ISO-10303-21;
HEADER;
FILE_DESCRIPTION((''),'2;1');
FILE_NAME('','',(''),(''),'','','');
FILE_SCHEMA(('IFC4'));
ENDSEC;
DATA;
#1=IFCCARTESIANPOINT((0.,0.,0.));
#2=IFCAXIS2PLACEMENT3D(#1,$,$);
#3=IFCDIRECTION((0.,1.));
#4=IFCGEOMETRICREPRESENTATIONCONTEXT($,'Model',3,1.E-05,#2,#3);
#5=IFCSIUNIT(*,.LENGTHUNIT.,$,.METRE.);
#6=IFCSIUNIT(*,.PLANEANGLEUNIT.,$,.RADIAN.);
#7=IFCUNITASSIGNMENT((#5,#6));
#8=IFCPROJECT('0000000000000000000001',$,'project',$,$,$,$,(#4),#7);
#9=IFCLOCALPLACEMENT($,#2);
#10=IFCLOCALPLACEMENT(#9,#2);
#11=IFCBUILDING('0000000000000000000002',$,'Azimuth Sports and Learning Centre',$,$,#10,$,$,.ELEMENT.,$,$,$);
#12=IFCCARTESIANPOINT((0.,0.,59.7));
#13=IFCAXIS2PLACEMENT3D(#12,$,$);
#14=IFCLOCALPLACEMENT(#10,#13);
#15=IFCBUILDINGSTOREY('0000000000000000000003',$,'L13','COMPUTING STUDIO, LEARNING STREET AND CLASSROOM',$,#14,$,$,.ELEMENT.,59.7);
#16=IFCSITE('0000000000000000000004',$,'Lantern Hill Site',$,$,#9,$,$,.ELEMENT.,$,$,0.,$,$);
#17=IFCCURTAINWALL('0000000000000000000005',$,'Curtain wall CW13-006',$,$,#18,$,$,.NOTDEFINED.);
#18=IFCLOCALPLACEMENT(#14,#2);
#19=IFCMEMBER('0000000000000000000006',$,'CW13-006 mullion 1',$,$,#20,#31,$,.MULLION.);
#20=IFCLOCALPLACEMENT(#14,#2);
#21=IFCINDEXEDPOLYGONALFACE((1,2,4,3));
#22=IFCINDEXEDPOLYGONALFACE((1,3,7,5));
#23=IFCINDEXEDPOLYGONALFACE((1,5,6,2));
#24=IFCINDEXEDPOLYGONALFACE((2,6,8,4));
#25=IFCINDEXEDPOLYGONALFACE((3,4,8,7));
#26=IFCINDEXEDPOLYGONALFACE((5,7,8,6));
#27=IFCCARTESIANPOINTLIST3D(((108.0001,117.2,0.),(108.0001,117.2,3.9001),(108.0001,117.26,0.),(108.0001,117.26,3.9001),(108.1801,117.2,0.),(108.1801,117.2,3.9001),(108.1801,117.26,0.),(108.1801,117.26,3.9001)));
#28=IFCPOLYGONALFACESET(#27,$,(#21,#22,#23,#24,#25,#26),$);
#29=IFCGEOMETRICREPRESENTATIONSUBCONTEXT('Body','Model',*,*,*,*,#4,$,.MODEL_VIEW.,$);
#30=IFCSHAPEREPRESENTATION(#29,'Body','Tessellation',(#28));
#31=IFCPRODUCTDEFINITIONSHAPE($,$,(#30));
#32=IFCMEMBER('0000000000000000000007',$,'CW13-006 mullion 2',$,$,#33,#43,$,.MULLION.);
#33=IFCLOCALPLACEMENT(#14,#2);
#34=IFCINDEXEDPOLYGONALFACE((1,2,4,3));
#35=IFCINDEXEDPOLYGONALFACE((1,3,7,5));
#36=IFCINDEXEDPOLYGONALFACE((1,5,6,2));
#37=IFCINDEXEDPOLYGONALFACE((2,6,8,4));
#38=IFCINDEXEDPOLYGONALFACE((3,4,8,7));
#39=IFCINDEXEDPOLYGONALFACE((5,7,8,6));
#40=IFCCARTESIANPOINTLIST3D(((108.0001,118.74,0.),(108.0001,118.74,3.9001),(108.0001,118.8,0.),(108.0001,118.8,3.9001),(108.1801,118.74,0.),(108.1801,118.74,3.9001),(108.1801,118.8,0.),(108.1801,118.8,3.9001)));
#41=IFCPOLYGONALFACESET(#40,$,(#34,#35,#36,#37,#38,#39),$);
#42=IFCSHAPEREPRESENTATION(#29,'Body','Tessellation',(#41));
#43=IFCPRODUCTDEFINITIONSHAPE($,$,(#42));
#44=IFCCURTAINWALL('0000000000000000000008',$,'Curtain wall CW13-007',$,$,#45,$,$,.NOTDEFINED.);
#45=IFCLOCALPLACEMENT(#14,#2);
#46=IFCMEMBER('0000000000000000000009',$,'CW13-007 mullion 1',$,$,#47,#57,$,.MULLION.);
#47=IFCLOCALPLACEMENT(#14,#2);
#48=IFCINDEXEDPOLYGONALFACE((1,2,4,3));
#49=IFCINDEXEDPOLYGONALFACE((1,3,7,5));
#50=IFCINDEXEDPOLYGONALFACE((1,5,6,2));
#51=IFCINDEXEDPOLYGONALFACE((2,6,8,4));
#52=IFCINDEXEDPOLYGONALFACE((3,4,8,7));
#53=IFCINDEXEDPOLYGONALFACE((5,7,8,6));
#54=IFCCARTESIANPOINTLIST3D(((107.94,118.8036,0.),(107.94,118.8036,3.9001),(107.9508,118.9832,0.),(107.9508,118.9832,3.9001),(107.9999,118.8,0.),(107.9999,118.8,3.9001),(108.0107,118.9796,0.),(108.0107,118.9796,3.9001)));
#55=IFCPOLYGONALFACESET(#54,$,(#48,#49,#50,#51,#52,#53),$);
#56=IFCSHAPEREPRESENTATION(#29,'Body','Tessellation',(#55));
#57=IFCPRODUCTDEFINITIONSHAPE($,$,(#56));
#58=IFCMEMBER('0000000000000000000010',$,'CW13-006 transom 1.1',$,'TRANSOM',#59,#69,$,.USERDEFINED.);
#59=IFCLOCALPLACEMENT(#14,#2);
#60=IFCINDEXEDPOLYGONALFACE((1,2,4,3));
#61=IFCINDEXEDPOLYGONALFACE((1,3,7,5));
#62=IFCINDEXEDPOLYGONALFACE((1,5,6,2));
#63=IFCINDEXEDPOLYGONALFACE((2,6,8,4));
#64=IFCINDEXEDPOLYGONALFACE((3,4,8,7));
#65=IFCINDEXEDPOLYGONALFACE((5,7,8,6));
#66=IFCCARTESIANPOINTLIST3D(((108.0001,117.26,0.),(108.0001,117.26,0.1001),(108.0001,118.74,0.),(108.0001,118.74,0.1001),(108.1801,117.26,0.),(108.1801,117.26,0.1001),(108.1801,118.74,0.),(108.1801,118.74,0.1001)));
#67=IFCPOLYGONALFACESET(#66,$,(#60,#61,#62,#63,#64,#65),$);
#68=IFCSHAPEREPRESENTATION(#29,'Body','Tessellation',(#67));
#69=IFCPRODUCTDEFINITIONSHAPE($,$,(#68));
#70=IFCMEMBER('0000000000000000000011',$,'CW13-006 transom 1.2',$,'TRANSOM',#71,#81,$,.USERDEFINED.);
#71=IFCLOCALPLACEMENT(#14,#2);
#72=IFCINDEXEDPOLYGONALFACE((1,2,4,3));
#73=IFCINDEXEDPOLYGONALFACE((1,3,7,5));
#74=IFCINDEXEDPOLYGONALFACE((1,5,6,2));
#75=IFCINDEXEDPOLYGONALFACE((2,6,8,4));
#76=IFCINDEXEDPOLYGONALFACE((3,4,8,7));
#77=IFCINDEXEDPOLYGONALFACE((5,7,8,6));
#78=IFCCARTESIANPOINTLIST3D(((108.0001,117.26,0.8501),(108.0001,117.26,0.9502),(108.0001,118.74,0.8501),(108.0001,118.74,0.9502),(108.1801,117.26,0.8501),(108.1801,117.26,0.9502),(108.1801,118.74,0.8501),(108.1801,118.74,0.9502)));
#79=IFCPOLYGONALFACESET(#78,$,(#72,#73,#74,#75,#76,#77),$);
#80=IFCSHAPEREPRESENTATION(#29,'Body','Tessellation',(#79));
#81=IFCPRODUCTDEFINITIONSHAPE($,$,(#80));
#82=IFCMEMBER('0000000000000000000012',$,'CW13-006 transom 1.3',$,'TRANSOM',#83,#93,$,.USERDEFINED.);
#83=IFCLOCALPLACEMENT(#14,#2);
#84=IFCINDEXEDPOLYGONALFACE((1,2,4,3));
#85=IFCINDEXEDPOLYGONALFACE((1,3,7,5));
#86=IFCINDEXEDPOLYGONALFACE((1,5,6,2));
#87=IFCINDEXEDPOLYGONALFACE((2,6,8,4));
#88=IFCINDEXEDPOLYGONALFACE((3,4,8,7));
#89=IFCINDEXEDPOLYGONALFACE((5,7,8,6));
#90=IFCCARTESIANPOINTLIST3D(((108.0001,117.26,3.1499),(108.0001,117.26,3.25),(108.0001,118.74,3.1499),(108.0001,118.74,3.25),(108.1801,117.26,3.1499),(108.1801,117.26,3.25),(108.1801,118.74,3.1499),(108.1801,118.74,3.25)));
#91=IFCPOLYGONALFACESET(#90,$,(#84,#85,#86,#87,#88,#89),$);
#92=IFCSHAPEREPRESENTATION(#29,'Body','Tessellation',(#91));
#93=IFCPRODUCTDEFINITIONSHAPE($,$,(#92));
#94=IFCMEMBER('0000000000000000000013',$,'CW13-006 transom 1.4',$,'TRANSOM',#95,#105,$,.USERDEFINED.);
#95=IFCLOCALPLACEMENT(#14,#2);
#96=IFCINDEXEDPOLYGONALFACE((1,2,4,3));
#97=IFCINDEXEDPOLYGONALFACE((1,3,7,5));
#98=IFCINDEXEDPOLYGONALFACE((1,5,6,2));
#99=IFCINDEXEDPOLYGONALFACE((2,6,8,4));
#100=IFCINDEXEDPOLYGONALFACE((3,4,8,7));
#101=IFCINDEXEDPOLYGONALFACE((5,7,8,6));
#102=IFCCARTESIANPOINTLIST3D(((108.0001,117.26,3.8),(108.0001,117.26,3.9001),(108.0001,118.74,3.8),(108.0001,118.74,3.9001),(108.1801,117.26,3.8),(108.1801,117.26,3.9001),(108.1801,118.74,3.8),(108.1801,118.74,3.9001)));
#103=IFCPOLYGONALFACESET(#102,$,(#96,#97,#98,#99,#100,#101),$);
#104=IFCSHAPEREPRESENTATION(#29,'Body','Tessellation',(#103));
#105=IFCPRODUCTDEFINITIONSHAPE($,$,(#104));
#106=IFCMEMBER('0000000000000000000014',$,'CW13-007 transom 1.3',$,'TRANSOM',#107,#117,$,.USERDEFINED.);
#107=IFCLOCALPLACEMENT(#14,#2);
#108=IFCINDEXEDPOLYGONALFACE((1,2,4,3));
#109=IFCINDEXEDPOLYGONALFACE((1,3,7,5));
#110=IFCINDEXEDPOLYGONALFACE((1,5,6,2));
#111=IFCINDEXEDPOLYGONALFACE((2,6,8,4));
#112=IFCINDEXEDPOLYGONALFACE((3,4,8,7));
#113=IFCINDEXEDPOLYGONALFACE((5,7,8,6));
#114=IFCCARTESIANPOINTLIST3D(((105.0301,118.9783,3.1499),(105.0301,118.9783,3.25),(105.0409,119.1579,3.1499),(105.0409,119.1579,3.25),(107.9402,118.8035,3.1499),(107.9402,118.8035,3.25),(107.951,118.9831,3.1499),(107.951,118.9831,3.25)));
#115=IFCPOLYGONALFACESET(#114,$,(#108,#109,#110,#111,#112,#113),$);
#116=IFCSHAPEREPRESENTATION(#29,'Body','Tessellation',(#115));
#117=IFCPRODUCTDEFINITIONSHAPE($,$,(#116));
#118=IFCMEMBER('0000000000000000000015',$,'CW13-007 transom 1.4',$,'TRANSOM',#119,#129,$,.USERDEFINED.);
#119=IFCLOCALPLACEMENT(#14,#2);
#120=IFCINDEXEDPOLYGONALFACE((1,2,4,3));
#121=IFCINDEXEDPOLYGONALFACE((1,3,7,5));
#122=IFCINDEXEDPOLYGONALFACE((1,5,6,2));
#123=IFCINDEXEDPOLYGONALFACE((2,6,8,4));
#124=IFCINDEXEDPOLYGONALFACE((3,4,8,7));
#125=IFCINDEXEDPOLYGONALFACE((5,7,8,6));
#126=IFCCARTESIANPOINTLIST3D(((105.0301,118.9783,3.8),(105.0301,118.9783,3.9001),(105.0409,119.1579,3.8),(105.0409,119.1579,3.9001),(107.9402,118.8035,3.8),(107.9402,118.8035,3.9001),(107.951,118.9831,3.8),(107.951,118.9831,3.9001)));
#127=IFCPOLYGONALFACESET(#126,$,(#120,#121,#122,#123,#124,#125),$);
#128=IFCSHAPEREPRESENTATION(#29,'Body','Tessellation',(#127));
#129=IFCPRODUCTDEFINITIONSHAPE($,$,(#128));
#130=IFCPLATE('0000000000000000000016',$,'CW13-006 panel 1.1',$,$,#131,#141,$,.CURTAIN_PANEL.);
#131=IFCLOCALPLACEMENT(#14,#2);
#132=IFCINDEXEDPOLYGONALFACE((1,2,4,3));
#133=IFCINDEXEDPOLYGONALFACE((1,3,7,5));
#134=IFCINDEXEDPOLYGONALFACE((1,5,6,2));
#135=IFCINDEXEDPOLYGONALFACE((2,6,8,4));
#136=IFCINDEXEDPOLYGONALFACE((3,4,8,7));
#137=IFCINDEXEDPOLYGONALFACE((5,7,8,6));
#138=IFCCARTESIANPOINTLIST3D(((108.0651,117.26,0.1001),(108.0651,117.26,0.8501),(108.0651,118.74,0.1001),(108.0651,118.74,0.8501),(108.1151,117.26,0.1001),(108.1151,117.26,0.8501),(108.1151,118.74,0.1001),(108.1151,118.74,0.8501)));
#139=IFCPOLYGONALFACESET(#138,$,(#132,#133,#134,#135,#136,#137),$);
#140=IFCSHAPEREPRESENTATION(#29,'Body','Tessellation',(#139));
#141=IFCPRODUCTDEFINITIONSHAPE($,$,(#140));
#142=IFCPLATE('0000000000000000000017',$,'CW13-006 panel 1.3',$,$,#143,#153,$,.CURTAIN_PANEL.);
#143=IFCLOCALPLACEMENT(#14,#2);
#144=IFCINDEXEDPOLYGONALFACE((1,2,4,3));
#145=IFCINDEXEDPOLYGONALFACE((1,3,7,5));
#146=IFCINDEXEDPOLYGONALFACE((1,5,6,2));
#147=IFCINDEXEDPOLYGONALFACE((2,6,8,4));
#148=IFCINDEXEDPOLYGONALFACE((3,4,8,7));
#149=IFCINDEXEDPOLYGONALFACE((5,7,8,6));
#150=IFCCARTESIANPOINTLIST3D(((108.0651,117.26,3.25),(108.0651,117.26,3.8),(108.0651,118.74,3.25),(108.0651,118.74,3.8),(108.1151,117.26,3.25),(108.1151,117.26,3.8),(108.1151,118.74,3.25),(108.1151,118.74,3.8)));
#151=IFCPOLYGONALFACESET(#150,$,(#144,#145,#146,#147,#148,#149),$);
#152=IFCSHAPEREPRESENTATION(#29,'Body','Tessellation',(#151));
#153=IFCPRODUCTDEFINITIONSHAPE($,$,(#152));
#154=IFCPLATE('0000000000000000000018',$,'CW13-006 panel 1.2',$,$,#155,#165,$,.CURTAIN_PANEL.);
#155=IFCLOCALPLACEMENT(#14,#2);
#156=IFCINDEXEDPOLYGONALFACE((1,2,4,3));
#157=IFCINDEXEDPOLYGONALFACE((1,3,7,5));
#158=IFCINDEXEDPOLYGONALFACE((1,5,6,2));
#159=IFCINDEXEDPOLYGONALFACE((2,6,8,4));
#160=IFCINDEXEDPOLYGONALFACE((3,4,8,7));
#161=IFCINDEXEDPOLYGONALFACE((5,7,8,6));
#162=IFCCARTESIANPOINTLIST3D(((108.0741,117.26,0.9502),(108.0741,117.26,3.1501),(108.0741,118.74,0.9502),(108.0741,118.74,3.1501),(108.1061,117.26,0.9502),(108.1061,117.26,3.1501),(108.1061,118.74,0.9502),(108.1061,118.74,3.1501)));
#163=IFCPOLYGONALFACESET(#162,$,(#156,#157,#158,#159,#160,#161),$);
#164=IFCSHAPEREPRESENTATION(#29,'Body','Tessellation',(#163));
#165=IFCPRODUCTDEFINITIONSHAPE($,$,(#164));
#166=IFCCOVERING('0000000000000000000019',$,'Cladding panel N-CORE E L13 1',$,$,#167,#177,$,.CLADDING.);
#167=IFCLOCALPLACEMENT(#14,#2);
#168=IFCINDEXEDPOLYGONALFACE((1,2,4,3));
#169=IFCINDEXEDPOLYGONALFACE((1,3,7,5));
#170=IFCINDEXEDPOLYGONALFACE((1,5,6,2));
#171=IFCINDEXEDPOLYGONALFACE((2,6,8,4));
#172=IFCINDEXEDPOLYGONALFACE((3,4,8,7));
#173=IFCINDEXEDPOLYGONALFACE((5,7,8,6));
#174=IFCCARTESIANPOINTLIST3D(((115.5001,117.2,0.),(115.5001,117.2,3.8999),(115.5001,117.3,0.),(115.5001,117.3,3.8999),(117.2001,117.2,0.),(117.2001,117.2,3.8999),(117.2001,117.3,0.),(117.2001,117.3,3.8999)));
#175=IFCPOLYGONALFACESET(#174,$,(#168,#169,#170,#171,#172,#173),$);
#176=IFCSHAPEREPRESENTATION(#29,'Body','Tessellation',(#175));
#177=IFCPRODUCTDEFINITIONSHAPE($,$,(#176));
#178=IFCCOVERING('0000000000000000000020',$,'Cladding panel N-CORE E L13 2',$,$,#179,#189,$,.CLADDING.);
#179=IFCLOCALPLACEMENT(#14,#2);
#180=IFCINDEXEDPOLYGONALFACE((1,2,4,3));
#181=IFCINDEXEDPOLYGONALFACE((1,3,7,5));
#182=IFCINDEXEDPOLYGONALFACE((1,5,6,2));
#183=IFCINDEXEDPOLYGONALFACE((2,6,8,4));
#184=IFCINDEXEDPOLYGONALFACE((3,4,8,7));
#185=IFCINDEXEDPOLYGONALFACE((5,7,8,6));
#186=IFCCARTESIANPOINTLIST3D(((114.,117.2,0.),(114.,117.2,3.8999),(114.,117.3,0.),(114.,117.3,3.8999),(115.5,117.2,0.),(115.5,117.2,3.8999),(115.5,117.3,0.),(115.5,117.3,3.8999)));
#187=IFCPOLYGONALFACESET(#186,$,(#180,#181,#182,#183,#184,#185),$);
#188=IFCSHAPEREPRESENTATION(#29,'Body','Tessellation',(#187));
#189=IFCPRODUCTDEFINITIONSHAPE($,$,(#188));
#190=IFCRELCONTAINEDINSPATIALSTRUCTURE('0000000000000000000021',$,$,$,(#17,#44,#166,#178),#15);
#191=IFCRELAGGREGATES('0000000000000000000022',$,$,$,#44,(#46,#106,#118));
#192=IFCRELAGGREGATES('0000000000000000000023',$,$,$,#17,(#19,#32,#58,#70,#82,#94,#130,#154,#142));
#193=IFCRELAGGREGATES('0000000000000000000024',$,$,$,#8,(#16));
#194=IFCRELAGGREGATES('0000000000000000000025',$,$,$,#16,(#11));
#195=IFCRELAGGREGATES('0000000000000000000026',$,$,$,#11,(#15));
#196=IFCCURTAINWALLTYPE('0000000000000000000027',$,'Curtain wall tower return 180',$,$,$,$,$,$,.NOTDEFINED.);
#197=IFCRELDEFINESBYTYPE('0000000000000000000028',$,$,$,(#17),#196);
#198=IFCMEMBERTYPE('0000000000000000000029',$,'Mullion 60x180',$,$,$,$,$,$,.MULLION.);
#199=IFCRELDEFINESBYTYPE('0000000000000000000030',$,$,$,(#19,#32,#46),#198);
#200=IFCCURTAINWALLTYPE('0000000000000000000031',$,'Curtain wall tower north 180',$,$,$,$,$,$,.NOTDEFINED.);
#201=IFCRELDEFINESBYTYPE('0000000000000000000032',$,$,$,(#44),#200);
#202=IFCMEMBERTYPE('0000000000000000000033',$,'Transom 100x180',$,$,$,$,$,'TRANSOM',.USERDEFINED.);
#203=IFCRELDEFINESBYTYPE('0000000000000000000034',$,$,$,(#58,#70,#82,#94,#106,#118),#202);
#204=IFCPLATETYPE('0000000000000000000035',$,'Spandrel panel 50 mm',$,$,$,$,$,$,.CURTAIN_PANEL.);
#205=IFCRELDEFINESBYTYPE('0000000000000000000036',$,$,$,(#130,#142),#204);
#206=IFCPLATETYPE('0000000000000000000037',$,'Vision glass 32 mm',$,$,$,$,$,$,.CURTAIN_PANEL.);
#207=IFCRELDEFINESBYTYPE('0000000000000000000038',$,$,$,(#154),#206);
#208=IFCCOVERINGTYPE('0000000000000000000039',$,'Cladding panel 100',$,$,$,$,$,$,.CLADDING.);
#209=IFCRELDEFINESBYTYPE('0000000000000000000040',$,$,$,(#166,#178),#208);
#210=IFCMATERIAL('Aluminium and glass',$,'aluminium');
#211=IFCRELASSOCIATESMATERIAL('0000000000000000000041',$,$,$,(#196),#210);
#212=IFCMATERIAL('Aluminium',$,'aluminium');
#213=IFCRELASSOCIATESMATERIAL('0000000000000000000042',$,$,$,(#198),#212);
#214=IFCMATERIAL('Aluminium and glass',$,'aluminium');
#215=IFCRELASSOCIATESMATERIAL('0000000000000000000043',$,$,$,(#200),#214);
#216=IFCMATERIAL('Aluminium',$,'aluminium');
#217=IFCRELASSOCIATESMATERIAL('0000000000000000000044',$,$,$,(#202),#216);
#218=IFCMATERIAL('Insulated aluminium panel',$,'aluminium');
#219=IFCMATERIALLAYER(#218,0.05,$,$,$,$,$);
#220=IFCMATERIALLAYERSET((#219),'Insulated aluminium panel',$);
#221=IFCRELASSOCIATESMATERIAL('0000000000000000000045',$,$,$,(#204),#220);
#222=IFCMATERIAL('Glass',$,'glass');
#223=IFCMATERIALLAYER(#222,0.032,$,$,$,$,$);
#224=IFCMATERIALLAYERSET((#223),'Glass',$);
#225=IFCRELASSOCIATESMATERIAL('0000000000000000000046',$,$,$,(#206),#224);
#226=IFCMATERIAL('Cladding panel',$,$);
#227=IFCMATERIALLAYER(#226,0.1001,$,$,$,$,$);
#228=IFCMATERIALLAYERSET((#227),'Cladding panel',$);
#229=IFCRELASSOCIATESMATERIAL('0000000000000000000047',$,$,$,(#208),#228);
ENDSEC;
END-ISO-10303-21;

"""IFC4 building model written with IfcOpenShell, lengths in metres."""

from ifc_helpers import new_model, si_unit, direction, frame, origin, origin_2d, place, context, subcontext, project, spatial, rectangle, extrude, material, layer, layer_set, material_profile, profile_set, type_object, element, aggregate, save


model = new_model("IFC4")

# Units and contexts
model_context = context("Model", 3, precision=1e-05, world=origin(), true_north=direction((0.0, 1.0)))
body_context = subcontext(model_context, "Body", "Model", "MODEL_VIEW")
ifc_project = project(units=[si_unit("LENGTHUNIT", "METRE"), si_unit("PLANEANGLEUNIT", "RADIAN")], contexts=[model_context])

# Site, building, storey
site_placement = place(None, origin())
site = spatial("IfcSite", under=ifc_project, at=site_placement, Name="Lantern Hill Site", CompositionType="ELEMENT", RefElevation=0.0)
building_placement = place(site_placement, origin())
building = spatial("IfcBuilding", under=site, at=building_placement, Name="Azimuth Sports and Learning Centre", CompositionType="ELEMENT")
storey_placement = place(building_placement, frame((0.0, 0.0, 59.7)))
storey = spatial("IfcBuildingStorey", under=building, at=storey_placement, Name="L13", Description="COMPUTING STUDIO, LEARNING STREET AND CLASSROOM", CompositionType="ELEMENT", Elevation=59.7)

# Curtain wall, members
ifc_material_1 = material(Name="Aluminium and glass", Category="aluminium")
curtain_wall_type_1 = type_object("IfcCurtainWallType", Name="Curtain wall tower return 180", PredefinedType="NOTDEFINED", material=ifc_material_1)
curtain_wall_1_placement = place(storey_placement, origin())
curtain_wall_1 = element("IfcCurtainWall", 1, at=curtain_wall_1_placement, inside=storey, type_object=curtain_wall_type_1, Name="Curtain wall CW13-006", PredefinedType="NOTDEFINED")
ifc_material_2 = material(Name="Aluminium", Category="aluminium")
ifc_material_profile_1 = material_profile(ifc_material_2, rectangle(XDim=0.1799, YDim=0.0601, at=origin_2d()), Name="Mullion 60x180")
ifc_profile_set_1 = profile_set([ifc_material_profile_1], Name="Aluminium")
member_type_1 = type_object("IfcMemberType", Name="Mullion 60x180", PredefinedType="MULLION", material=ifc_profile_set_1)
member_1_placement = place(storey_placement, frame((108.0901, 117.23, 0.0), z_axis=(0.0, 0.0, 1.0), x_axis=(-1.0, 0.0, 0.0)))
member_1 = element("IfcMember", 2, at=member_1_placement, type_object=member_type_1, Name="CW13-006 mullion 1", PredefinedType="MULLION", context=body_context, shape_type="SweptSolid", body=[
    extrude(rectangle(XDim=0.1799, YDim=0.0601, at=origin_2d()), origin(), (0.0, 0.0, 1.0), 3.9001),
])
member_2_placement = place(storey_placement, frame((108.0901, 118.77, 0.0), z_axis=(0.0, 0.0, 1.0), x_axis=(-1.0, 0.0, 0.0)))
member_2 = element("IfcMember", 3, at=member_2_placement, type_object=member_type_1, Name="CW13-006 mullion 2", PredefinedType="MULLION", context=body_context, shape_type="SweptSolid", body=[
    extrude(rectangle(XDim=0.1799, YDim=0.0601, at=origin_2d()), origin(), (0.0, 0.0, 1.0), 3.9001),
])

# Curtain wall, member
ifc_material_3 = material(Name="Aluminium and glass", Category="aluminium")
curtain_wall_type_2 = type_object("IfcCurtainWallType", Name="Curtain wall tower north 180", PredefinedType="NOTDEFINED", material=ifc_material_3)
curtain_wall_2_placement = place(storey_placement, origin())
curtain_wall_2 = element("IfcCurtainWall", 4, at=curtain_wall_2_placement, inside=storey, type_object=curtain_wall_type_2, Name="Curtain wall CW13-007", PredefinedType="NOTDEFINED")
member_3_placement = place(storey_placement, frame((107.9753, 118.8916, 0.0), z_axis=(0.0, 0.0, 1.0), x_axis=(-0.059892, -0.998205, 0.0)))
member_3 = element("IfcMember", 5, at=member_3_placement, type_object=member_type_1, Name="CW13-007 mullion 1", PredefinedType="MULLION", context=body_context, shape_type="SweptSolid", body=[
    extrude(rectangle(XDim=0.1799, YDim=0.0601, at=origin_2d()), origin(), (0.0, 0.0, 1.0), 3.9001),
])

# Members
ifc_material_4 = material(Name="Aluminium", Category="aluminium")
ifc_material_profile_2 = material_profile(ifc_material_4, rectangle(XDim=0.1799, YDim=0.1001, at=origin_2d()), Name="Transom 100x180")
ifc_profile_set_2 = profile_set([ifc_material_profile_2], Name="Aluminium")
member_type_2 = type_object("IfcMemberType", Name="Transom 100x180", ElementType="TRANSOM", PredefinedType="USERDEFINED", material=ifc_profile_set_2)
member_4_placement = place(storey_placement, frame((108.0901, 117.26, 0.05), z_axis=(0.0, 1.0, 0.0), x_axis=(-1.0, 0.0, 0.0)))
member_4 = element("IfcMember", 6, at=member_4_placement, type_object=member_type_2, Name="CW13-006 transom 1.1", ObjectType="TRANSOM", PredefinedType="USERDEFINED", context=body_context, shape_type="SweptSolid", body=[
    extrude(rectangle(XDim=0.1799, YDim=0.1001, at=origin_2d()), origin(), (0.0, 0.0, 1.0), 1.48),
])
member_5_placement = place(storey_placement, frame((108.0901, 117.26, 0.9001), z_axis=(0.0, 1.0, 0.0), x_axis=(-1.0, 0.0, 0.0)))
member_5 = element("IfcMember", 7, at=member_5_placement, type_object=member_type_2, Name="CW13-006 transom 1.2", ObjectType="TRANSOM", PredefinedType="USERDEFINED", context=body_context, shape_type="SweptSolid", body=[
    extrude(rectangle(XDim=0.1799, YDim=0.1001, at=origin_2d()), origin(), (0.0, 0.0, 1.0), 1.48),
])
member_6_placement = place(storey_placement, frame((108.0901, 117.26, 3.2), z_axis=(0.0, 1.0, 0.0), x_axis=(-1.0, 0.0, 0.0)))
member_6 = element("IfcMember", 8, at=member_6_placement, type_object=member_type_2, Name="CW13-006 transom 1.3", ObjectType="TRANSOM", PredefinedType="USERDEFINED", context=body_context, shape_type="SweptSolid", body=[
    extrude(rectangle(XDim=0.1799, YDim=0.1001, at=origin_2d()), origin(), (0.0, 0.0, 1.0), 1.48),
])
member_7_placement = place(storey_placement, frame((108.0901, 117.26, 3.8501), z_axis=(0.0, 1.0, 0.0), x_axis=(-1.0, 0.0, 0.0)))
member_7 = element("IfcMember", 9, at=member_7_placement, type_object=member_type_2, Name="CW13-006 transom 1.4", ObjectType="TRANSOM", PredefinedType="USERDEFINED", context=body_context, shape_type="SweptSolid", body=[
    extrude(rectangle(XDim=0.1799, YDim=0.1001, at=origin_2d()), origin(), (0.0, 0.0, 1.0), 1.48),
])
member_8_placement = place(storey_placement, frame((107.9456, 118.8933, 3.2), z_axis=(-0.998201, 0.059959, 0.0), x_axis=(-0.059959, -0.998201, 0.0)))
member_8 = element("IfcMember", 10, at=member_8_placement, type_object=member_type_2, Name="CW13-007 transom 1.3", ObjectType="TRANSOM", PredefinedType="USERDEFINED", context=body_context, shape_type="SweptSolid", body=[
    extrude(rectangle(XDim=0.1799, YDim=0.1001, at=origin_2d()), origin(), (0.0, 0.0, 1.0), 2.9153),
])
member_9_placement = place(storey_placement, frame((107.9456, 118.8933, 3.8501), z_axis=(-0.998201, 0.059959, 0.0), x_axis=(-0.059959, -0.998201, 0.0)))
member_9 = element("IfcMember", 11, at=member_9_placement, type_object=member_type_2, Name="CW13-007 transom 1.4", ObjectType="TRANSOM", PredefinedType="USERDEFINED", context=body_context, shape_type="SweptSolid", body=[
    extrude(rectangle(XDim=0.1799, YDim=0.1001, at=origin_2d()), origin(), (0.0, 0.0, 1.0), 2.9153),
])
aggregate(curtain_wall_2, [member_3, member_8, member_9])

# Plates
ifc_material_5 = material(Name="Insulated aluminium panel", Category="aluminium")
ifc_layer_1 = layer(ifc_material_5, 0.05)
ifc_layer_set_1 = layer_set([ifc_layer_1], Name="Insulated aluminium panel")
plate_type_1 = type_object("IfcPlateType", Name="Spandrel panel 50 mm", PredefinedType="CURTAIN_PANEL", material=ifc_layer_set_1)
plate_1_placement = place(storey_placement, frame((108.0901, 118.0, 0.1001), z_axis=(0.0, 0.0, 1.0), x_axis=(0.0, 1.0, 0.0)))
plate_1 = element("IfcPlate", 12, at=plate_1_placement, type_object=plate_type_1, Name="CW13-006 panel 1.1", PredefinedType="CURTAIN_PANEL", context=body_context, shape_type="SweptSolid", body=[
    extrude(rectangle(XDim=1.48, YDim=0.05, at=origin_2d()), origin(), (0.0, 0.0, 1.0), 0.75),
])
plate_2_placement = place(storey_placement, frame((108.0901, 118.0, 3.25), z_axis=(0.0, 0.0, 1.0), x_axis=(0.0, 1.0, 0.0)))
plate_2 = element("IfcPlate", 13, at=plate_2_placement, type_object=plate_type_1, Name="CW13-006 panel 1.3", PredefinedType="CURTAIN_PANEL", context=body_context, shape_type="SweptSolid", body=[
    extrude(rectangle(XDim=1.48, YDim=0.05, at=origin_2d()), origin(), (0.0, 0.0, 1.0), 0.55),
])
ifc_material_6 = material(Name="Glass", Category="glass")
ifc_layer_2 = layer(ifc_material_6, 0.032)
ifc_layer_set_2 = layer_set([ifc_layer_2], Name="Glass")
plate_type_2 = type_object("IfcPlateType", Name="Vision glass 32 mm", PredefinedType="CURTAIN_PANEL", material=ifc_layer_set_2)
plate_3_placement = place(storey_placement, frame((108.0901, 118.0, 0.9502), z_axis=(0.0, 0.0, 1.0), x_axis=(0.0, 1.0, 0.0)))
plate_3 = element("IfcPlate", 14, at=plate_3_placement, type_object=plate_type_2, Name="CW13-006 panel 1.2", PredefinedType="CURTAIN_PANEL", context=body_context, shape_type="SweptSolid", body=[
    extrude(rectangle(XDim=1.48, YDim=0.032, at=origin_2d()), origin(), (0.0, 0.0, 1.0), 2.2),
])
aggregate(curtain_wall_1, [member_1, member_2, member_4, member_5, member_6, member_7, plate_1, plate_3, plate_2])

# Coverings
ifc_material_7 = material(Name="Cladding panel")
ifc_layer_3 = layer(ifc_material_7, 0.1001)
ifc_layer_set_3 = layer_set([ifc_layer_3], Name="Cladding panel")
covering_type = type_object("IfcCoveringType", Name="Cladding panel 100", PredefinedType="CLADDING", material=ifc_layer_set_3)
covering_1_placement = place(storey_placement, frame((116.3501, 117.25, 0.0), z_axis=(0.0, 0.0, 1.0), x_axis=(-1.0, 0.0, 0.0)))
element("IfcCovering", 15, at=covering_1_placement, inside=storey, type_object=covering_type, Name="Cladding panel N-CORE E L13 1", PredefinedType="CLADDING", context=body_context, shape_type="SweptSolid", body=[
    extrude(rectangle(XDim=1.7, YDim=0.1001, at=origin_2d()), origin(), (0.0, 0.0, 1.0), 3.8999),
])
covering_2_placement = place(storey_placement, frame((114.75, 117.25, 0.0), z_axis=(0.0, 0.0, 1.0), x_axis=(-1.0, 0.0, 0.0)))
element("IfcCovering", 16, at=covering_2_placement, inside=storey, type_object=covering_type, Name="Cladding panel N-CORE E L13 2", PredefinedType="CLADDING", context=body_context, shape_type="SweptSolid", body=[
    extrude(rectangle(XDim=1.5, YDim=0.1001, at=origin_2d()), origin(), (0.0, 0.0, 1.0), 3.8999),
])

save(model, "model.ifc")
